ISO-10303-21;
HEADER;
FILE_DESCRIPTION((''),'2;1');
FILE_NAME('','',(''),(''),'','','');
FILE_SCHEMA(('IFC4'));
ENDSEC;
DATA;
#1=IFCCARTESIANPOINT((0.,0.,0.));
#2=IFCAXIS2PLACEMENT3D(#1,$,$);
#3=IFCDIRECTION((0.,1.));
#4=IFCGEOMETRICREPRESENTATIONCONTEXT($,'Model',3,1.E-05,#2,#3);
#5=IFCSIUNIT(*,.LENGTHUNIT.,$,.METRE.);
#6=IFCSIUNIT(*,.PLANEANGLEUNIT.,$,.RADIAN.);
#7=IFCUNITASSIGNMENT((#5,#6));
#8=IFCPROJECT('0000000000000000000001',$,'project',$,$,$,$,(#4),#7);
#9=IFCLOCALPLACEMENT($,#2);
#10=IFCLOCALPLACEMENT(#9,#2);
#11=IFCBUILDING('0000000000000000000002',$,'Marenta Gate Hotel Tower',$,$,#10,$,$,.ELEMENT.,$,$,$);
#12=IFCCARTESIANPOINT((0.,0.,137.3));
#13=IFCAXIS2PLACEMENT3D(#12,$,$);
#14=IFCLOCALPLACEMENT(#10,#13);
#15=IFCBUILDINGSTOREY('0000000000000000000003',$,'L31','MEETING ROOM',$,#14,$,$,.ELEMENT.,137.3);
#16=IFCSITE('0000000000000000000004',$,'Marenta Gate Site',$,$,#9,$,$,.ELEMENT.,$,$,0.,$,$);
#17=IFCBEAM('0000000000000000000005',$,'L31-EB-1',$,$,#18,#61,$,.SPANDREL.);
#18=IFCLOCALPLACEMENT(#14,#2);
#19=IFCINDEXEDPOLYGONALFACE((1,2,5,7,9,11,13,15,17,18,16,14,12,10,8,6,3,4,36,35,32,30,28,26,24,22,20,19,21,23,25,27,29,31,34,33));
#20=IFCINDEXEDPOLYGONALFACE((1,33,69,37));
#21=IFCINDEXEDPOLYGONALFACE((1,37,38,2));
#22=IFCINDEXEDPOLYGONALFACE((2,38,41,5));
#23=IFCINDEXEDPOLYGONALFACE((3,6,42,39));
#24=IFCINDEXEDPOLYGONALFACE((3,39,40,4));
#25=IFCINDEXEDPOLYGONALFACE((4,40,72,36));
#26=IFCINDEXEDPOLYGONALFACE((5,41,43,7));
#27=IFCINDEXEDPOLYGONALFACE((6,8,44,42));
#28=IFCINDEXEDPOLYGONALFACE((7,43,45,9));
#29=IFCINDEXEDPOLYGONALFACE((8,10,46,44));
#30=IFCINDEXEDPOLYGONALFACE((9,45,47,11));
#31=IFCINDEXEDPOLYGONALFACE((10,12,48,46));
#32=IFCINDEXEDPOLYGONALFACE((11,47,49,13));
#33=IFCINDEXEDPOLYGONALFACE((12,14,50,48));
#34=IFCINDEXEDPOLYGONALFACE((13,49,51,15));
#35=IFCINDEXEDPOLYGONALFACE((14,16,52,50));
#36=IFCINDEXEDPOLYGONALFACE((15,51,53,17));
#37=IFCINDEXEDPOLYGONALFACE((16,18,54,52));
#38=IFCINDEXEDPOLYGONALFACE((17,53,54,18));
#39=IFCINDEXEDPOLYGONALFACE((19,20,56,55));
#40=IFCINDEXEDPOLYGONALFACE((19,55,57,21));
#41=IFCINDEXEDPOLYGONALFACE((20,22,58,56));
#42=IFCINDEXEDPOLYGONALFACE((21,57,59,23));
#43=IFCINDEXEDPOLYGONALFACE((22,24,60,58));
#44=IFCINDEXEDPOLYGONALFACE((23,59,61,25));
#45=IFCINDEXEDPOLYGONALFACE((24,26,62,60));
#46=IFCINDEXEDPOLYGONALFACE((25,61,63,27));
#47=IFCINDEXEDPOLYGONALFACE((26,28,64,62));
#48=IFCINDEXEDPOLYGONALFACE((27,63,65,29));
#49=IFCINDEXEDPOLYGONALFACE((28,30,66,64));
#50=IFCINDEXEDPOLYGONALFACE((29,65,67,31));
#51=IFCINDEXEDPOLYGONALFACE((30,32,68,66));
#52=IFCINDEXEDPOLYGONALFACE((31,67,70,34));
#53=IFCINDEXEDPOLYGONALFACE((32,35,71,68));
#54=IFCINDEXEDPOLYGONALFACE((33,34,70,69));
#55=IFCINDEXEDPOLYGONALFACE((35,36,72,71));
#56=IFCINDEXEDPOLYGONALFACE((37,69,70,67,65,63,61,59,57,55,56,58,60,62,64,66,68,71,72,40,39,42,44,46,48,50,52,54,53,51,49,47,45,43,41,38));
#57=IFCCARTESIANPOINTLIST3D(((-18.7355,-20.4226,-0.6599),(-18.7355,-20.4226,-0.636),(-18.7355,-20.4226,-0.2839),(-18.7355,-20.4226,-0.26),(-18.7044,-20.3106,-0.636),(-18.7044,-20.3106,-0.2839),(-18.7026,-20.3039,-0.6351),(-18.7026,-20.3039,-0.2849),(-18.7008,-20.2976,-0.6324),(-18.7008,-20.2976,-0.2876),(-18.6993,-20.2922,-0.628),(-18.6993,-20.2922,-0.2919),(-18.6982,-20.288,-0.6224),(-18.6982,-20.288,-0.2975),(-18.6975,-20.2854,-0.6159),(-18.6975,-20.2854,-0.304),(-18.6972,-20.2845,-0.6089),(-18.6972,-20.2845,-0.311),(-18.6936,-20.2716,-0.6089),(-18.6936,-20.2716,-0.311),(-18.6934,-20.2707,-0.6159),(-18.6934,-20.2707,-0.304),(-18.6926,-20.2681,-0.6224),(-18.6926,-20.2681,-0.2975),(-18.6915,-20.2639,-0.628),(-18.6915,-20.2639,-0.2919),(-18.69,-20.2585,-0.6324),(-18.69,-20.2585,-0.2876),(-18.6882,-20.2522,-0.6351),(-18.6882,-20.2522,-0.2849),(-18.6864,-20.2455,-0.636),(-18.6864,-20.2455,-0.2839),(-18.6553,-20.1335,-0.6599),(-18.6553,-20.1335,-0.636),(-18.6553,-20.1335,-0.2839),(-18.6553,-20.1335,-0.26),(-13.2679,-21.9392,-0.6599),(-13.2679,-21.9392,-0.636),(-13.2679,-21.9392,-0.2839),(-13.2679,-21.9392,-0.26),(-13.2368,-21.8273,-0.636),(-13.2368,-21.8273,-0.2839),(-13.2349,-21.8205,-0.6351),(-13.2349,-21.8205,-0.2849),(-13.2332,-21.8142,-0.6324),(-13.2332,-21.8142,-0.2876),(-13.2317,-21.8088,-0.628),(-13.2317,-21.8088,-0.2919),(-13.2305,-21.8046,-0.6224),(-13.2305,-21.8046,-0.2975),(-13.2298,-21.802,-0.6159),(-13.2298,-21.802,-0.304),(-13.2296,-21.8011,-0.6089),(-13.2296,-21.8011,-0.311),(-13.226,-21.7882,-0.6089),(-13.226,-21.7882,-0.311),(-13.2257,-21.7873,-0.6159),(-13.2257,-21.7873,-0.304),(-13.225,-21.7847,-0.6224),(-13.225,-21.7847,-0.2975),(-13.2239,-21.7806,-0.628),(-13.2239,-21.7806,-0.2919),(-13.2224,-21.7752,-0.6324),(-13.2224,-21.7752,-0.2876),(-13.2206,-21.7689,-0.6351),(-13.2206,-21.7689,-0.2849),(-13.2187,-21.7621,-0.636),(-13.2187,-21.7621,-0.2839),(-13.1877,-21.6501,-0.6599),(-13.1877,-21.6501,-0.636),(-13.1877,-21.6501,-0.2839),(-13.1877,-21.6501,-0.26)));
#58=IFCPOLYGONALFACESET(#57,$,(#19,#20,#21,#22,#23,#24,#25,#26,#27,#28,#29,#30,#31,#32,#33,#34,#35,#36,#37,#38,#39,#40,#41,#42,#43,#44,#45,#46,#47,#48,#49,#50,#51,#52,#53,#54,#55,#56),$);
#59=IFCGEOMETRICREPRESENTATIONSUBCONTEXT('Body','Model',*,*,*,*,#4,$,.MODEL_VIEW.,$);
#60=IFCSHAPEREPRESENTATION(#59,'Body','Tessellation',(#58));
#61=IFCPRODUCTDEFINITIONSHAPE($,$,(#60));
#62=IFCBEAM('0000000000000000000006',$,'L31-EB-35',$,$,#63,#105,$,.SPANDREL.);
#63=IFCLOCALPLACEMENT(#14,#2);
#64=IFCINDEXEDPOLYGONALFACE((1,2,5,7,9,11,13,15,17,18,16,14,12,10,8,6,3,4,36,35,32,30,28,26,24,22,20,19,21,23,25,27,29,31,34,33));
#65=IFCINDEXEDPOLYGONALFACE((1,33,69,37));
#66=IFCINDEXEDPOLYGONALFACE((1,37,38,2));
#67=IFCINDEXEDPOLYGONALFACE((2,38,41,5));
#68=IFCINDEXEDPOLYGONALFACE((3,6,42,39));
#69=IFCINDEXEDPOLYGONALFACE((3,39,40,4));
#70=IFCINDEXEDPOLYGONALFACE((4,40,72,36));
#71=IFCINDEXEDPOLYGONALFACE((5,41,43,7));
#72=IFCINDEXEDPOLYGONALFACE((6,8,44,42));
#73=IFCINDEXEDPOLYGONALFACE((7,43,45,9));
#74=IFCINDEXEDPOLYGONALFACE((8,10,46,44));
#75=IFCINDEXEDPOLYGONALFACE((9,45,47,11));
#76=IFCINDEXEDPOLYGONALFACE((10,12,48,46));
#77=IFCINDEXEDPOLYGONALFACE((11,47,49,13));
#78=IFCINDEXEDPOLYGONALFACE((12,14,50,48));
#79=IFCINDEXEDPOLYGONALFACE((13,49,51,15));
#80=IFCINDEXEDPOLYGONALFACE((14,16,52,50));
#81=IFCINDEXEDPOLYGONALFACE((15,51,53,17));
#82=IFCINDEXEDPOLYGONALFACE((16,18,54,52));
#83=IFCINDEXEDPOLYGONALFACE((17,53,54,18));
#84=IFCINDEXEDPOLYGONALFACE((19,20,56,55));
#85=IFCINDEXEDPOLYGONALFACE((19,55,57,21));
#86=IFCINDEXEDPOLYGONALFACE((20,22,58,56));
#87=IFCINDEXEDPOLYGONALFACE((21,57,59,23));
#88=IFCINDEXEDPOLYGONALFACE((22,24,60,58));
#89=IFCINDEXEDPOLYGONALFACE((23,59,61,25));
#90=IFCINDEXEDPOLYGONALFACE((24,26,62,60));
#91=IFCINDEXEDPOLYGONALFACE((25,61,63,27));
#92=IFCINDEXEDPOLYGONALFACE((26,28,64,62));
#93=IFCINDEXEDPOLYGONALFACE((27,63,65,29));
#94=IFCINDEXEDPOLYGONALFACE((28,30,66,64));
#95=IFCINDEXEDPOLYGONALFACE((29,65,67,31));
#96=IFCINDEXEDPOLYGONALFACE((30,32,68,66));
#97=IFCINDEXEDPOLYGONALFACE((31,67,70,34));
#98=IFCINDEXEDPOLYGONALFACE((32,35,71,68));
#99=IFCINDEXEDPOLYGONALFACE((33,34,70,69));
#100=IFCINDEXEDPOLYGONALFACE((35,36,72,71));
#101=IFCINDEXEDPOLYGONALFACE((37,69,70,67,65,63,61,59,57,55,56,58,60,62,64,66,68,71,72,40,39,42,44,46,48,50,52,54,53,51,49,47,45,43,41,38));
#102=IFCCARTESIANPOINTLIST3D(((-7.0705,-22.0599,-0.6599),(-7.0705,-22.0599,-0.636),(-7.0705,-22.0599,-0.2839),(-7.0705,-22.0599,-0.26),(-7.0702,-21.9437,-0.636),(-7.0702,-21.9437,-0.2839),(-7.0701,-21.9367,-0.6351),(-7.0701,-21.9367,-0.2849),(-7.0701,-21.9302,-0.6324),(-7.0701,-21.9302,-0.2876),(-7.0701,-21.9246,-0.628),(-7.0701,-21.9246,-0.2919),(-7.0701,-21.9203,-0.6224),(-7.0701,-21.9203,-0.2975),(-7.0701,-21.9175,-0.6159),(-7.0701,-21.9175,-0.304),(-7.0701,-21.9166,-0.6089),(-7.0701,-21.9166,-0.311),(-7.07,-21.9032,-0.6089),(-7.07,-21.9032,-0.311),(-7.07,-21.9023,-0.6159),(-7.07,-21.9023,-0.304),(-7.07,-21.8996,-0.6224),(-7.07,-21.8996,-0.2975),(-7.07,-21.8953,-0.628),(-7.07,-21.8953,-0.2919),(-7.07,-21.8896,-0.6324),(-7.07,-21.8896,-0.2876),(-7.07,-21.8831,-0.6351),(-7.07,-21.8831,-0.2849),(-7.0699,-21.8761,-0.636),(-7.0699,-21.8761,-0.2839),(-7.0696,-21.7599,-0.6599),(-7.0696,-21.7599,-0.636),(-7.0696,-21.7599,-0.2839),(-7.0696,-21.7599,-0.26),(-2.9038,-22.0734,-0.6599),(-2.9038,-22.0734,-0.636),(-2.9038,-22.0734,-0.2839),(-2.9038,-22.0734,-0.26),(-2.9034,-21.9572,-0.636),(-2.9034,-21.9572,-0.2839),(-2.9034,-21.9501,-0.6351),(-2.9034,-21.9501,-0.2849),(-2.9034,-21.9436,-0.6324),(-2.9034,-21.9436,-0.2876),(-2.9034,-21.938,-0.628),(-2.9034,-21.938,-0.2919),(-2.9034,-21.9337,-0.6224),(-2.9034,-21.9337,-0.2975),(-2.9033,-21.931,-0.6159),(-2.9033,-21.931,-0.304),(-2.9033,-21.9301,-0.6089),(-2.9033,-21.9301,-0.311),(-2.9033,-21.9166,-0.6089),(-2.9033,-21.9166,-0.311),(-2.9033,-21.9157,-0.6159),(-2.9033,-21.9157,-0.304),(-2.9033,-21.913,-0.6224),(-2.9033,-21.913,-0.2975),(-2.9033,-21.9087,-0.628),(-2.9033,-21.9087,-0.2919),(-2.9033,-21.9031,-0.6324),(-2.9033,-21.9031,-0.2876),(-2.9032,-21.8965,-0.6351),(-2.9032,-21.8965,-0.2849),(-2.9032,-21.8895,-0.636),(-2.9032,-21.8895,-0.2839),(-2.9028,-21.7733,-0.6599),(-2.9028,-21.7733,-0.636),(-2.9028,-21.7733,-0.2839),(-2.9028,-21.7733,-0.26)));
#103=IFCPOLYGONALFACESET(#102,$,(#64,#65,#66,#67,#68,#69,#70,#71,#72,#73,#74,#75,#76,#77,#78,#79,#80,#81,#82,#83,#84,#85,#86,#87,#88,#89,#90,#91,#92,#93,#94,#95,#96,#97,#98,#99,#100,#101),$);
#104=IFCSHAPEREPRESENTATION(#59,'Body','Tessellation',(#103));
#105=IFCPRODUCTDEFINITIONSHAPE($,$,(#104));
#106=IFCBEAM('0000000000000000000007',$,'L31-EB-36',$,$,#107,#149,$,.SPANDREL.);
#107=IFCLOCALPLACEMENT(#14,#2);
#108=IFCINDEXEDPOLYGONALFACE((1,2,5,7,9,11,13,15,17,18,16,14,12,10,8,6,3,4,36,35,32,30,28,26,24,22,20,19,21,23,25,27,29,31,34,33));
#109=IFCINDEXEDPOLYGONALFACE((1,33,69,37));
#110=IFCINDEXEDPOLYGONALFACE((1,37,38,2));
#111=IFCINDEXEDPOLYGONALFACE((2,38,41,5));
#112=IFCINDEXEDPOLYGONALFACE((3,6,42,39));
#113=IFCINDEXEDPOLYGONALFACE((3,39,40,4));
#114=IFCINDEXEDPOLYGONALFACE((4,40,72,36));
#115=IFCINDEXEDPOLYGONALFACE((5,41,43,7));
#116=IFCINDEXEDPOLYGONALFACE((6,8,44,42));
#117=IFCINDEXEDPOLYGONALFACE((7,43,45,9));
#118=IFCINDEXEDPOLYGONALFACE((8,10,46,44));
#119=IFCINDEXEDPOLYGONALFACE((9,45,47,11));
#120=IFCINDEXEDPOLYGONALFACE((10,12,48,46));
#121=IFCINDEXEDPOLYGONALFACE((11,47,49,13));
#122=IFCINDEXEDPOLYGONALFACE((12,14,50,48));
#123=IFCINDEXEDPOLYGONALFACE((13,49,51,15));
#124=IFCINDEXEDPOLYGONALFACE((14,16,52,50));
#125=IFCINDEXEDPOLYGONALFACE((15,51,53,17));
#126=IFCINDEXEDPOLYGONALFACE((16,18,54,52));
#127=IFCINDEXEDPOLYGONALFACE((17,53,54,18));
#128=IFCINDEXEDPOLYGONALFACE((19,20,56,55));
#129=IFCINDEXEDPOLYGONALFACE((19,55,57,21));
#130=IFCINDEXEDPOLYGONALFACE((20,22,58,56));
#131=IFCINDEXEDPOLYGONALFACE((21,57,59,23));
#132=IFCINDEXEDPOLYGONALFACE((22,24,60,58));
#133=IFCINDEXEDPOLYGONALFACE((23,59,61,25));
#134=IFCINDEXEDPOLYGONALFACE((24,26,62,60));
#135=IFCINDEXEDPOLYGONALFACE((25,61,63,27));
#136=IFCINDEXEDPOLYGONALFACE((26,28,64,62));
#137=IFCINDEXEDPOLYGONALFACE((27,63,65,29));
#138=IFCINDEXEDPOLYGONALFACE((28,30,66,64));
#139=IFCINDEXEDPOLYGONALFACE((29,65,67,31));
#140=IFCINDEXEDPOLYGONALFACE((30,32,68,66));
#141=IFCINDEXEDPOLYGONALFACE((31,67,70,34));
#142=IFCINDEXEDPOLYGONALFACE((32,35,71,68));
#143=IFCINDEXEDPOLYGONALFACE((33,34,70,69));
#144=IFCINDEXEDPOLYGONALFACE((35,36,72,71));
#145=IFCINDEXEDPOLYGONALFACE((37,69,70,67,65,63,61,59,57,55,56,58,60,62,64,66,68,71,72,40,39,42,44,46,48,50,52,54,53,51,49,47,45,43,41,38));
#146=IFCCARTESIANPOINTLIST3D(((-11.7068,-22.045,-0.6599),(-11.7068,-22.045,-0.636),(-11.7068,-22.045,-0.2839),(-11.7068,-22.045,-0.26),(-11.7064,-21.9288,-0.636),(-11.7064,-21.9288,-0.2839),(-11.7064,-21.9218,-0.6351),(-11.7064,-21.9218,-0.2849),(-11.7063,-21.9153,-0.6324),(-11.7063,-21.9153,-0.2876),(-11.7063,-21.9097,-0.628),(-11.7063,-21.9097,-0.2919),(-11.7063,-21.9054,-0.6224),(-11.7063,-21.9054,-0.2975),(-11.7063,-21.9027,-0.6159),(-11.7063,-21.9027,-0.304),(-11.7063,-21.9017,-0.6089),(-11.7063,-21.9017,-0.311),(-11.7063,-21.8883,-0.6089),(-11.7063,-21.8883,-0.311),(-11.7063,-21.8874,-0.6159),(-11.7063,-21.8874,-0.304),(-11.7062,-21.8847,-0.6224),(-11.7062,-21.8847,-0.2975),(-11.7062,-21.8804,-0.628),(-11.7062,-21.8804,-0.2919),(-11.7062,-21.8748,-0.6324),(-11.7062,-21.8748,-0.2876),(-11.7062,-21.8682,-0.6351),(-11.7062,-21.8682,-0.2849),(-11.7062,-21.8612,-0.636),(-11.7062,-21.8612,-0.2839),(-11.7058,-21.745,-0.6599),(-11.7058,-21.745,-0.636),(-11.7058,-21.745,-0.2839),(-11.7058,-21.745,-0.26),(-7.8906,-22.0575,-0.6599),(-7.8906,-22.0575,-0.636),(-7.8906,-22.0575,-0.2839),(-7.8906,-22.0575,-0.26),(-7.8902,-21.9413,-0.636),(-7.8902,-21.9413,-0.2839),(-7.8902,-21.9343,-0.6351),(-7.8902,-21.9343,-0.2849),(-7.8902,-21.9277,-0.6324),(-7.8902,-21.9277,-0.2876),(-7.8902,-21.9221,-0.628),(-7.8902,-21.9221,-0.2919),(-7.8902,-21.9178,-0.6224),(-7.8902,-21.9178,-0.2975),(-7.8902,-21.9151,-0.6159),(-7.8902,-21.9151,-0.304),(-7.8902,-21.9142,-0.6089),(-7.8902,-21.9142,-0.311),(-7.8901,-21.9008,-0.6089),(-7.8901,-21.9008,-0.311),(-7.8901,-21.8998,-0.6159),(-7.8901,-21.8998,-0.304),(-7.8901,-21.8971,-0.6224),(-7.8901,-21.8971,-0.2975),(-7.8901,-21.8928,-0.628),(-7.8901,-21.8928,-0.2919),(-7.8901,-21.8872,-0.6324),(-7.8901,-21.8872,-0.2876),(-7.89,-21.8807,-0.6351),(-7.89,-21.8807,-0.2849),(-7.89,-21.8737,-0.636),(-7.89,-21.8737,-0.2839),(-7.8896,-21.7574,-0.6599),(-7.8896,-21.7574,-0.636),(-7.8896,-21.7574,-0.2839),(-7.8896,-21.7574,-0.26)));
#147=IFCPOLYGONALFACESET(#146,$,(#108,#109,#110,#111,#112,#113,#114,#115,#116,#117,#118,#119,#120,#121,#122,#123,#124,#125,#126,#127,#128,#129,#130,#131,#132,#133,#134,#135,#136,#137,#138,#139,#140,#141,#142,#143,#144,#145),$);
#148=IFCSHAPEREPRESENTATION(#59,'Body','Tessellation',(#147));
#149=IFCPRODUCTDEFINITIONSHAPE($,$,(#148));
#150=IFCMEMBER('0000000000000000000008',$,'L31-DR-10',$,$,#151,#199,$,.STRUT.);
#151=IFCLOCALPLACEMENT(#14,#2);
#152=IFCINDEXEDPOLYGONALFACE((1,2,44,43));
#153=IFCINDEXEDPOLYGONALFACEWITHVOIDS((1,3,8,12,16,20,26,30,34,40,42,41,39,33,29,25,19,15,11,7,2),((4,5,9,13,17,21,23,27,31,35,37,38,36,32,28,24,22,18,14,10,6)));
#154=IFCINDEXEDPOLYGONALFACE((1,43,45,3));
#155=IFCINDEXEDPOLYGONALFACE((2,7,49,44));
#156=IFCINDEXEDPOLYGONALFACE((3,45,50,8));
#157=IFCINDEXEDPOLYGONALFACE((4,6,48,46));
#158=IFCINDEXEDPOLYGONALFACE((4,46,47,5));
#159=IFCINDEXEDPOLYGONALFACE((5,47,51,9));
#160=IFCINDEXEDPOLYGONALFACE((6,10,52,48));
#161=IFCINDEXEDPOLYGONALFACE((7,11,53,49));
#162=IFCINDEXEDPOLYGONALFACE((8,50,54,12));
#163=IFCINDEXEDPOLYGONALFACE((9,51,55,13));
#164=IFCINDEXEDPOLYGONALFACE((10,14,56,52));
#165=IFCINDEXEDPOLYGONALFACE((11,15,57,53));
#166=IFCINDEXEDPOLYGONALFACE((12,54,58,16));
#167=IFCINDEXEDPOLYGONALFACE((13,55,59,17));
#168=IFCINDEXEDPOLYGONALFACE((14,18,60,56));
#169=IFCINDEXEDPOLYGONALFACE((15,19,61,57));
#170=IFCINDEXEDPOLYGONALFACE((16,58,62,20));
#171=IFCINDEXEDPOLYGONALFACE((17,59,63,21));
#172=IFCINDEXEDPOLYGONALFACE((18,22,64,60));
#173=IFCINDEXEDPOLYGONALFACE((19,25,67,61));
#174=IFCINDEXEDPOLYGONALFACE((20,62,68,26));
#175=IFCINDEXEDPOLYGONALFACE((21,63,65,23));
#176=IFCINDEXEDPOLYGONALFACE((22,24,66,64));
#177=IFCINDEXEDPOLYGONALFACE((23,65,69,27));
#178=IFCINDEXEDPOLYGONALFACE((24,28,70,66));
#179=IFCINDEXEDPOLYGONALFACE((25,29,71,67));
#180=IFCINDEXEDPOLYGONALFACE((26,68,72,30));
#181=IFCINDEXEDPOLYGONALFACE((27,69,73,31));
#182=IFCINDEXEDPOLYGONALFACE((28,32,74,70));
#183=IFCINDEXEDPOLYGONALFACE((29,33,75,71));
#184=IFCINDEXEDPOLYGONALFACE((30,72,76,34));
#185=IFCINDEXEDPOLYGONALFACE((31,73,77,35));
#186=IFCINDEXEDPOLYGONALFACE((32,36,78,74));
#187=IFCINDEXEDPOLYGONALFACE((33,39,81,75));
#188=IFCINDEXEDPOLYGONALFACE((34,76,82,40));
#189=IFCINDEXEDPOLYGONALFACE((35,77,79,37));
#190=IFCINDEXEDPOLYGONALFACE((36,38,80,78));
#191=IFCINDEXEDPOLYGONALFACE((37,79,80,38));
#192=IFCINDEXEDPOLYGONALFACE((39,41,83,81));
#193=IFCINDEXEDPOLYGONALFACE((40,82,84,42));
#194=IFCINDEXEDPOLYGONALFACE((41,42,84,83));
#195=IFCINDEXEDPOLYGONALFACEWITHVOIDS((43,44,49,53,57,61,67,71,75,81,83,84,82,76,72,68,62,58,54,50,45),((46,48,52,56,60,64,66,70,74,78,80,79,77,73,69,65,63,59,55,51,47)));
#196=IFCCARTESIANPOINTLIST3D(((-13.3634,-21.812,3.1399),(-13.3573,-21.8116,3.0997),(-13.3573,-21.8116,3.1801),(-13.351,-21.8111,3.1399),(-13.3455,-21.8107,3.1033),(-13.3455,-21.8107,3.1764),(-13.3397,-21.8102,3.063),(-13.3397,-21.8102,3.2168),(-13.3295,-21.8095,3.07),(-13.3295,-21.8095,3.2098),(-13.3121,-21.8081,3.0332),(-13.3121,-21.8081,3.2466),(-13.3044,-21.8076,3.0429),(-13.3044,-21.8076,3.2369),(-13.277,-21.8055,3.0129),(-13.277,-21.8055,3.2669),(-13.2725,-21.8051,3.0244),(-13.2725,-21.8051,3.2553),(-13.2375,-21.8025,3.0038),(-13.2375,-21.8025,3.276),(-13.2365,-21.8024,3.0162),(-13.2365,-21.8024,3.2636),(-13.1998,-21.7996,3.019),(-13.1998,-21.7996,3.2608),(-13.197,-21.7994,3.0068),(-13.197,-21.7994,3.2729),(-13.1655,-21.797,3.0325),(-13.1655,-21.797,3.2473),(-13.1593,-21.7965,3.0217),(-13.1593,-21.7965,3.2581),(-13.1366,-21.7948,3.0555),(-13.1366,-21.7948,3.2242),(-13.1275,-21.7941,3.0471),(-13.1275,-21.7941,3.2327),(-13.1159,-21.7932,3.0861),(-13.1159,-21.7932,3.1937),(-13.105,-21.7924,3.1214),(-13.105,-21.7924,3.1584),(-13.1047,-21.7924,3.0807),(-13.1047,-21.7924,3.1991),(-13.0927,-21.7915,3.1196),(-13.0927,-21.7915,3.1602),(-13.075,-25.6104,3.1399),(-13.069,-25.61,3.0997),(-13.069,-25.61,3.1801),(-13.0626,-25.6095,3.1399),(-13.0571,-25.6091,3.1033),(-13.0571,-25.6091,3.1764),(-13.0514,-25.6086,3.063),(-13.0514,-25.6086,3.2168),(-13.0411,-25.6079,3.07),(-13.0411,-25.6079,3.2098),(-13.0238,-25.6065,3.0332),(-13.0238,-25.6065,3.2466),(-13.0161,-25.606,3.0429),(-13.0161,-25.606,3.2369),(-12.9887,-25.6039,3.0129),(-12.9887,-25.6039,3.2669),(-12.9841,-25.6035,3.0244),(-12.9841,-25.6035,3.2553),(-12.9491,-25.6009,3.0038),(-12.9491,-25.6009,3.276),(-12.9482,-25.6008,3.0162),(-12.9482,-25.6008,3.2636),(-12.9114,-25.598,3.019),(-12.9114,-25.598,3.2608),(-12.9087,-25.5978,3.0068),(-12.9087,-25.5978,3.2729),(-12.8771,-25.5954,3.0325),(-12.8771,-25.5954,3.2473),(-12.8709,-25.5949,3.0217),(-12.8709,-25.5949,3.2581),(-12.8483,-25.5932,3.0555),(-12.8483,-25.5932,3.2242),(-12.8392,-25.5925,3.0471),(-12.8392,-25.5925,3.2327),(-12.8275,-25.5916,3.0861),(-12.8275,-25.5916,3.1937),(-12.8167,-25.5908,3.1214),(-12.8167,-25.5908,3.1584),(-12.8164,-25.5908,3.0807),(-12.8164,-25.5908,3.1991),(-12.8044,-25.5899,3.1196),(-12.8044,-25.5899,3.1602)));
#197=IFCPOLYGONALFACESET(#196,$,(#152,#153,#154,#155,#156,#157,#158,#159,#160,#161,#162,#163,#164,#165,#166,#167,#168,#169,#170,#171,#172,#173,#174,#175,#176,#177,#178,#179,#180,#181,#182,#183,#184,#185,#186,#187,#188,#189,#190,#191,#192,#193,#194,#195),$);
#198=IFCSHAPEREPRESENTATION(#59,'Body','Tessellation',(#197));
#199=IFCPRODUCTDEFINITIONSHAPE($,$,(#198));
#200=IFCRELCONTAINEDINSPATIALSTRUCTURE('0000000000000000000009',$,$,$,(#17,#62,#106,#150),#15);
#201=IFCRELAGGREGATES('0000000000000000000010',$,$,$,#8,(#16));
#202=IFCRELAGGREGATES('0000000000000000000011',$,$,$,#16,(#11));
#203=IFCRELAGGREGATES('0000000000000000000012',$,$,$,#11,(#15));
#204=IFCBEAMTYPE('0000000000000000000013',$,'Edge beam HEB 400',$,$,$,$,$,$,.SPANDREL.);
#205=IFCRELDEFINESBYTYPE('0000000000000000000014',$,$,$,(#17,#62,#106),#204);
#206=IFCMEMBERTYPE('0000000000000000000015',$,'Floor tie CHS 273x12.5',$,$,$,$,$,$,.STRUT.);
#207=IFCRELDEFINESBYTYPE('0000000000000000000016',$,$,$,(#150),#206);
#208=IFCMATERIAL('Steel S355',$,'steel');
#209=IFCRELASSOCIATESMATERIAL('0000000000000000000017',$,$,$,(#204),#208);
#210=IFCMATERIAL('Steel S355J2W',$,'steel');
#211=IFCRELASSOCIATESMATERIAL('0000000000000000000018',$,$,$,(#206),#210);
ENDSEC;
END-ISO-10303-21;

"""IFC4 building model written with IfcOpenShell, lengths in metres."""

from ifc_helpers import new_model, si_unit, direction, frame, origin, origin_2d, place, context, subcontext, project, spatial, hollow_circle, i_section, extrude, material, material_profile, profile_set, type_object, element, save


model = new_model("IFC4")

# Units and contexts
model_context = context("Model", 3, precision=1e-05, world=origin(), true_north=direction((0.0, 1.0)))
body_context = subcontext(model_context, "Body", "Model", "MODEL_VIEW")
ifc_project = project(units=[si_unit("LENGTHUNIT", "METRE"), si_unit("PLANEANGLEUNIT", "RADIAN")], contexts=[model_context])

# Site, building, storey
site_placement = place(None, origin())
site = spatial("IfcSite", under=ifc_project, at=site_placement, Name="Marenta Gate Site", CompositionType="ELEMENT", RefElevation=0.0)
building_placement = place(site_placement, origin())
building = spatial("IfcBuilding", under=site, at=building_placement, Name="Marenta Gate Hotel Tower", CompositionType="ELEMENT")
storey_placement = place(building_placement, frame((0.0, 0.0, 137.3)))
storey = spatial("IfcBuildingStorey", under=building, at=storey_placement, Name="L31", Description="MEETING ROOM", CompositionType="ELEMENT", Elevation=137.3)

# Beams
ifc_material_1 = material(Name="Steel S355", Category="steel")
ifc_material_profile_1 = material_profile(ifc_material_1, i_section(OverallWidth=0.3, OverallDepth=0.3999, WebThickness=0.0134, FlangeThickness=0.0239, FilletRadius=0.0271, at=origin_2d()), Name="HEB 400")
ifc_profile_set_1 = profile_set([ifc_material_profile_1], Name="Steel S355")
beam_type = type_object("IfcBeamType", Name="Edge beam HEB 400", PredefinedType="SPANDREL", material=ifc_profile_set_1)
beam_1_placement = place(storey_placement, frame((-13.2278, -21.7947, -0.46), z_axis=(-0.963616, 0.267291, 0.0), x_axis=(-0.267291, -0.963616, 0.0)))
element("IfcBeam", 1, at=beam_1_placement, inside=storey, type_object=beam_type, Name="L31-EB-1", PredefinedType="SPANDREL", context=body_context, shape_type="SweptSolid", body=[
    extrude(i_section(OverallWidth=0.3, OverallDepth=0.3999, WebThickness=0.0134, FlangeThickness=0.0239, FilletRadius=0.0271, at=origin_2d()), origin(), (0.0, 0.0, 1.0), 5.6741),
])
beam_2_placement = place(storey_placement, frame((-2.9033, -21.9233, -0.46), z_axis=(-0.999995, 0.003223, 0.0), x_axis=(-0.003223, -0.999995, 0.0)))
element("IfcBeam", 2, at=beam_2_placement, inside=storey, type_object=beam_type, Name="L31-EB-35", PredefinedType="SPANDREL", context=body_context, shape_type="SweptSolid", body=[
    extrude(i_section(OverallWidth=0.3, OverallDepth=0.3999, WebThickness=0.0134, FlangeThickness=0.0239, FilletRadius=0.0271, at=origin_2d()), origin(), (0.0, 0.0, 1.0), 4.1667),
])
beam_3_placement = place(storey_placement, frame((-7.8901, -21.9075, -0.46), z_axis=(-0.999995, 0.003263, 0.0), x_axis=(-0.003263, -0.999995, 0.0)))
element("IfcBeam", 3, at=beam_3_placement, inside=storey, type_object=beam_type, Name="L31-EB-36", PredefinedType="SPANDREL", context=body_context, shape_type="SweptSolid", body=[
    extrude(i_section(OverallWidth=0.3, OverallDepth=0.3999, WebThickness=0.0134, FlangeThickness=0.0239, FilletRadius=0.0271, at=origin_2d()), origin(), (0.0, 0.0, 1.0), 3.8162),
])

# Member
ifc_material_2 = material(Name="Steel S355J2W", Category="steel")
ifc_material_profile_2 = material_profile(ifc_material_2, hollow_circle(Radius=0.1365, WallThickness=0.0125, at=origin_2d()), Name="CHS 273x12.5")
ifc_profile_set_2 = profile_set([ifc_material_profile_2], Name="Steel S355J2W")
member_type_1 = type_object("IfcMemberType", Name="Floor tie CHS 273x12.5", PredefinedType="STRUT", material=ifc_profile_set_2)
member_1_placement = place(storey_placement, frame((-12.939, -25.6001, 3.1399), z_axis=(-0.075692, 0.997131, 0.0), x_axis=(-0.997131, -0.075692, 0.0)))
element("IfcMember", 4, at=member_1_placement, inside=storey, type_object=member_type_1, Name="L31-DR-10", PredefinedType="STRUT", context=body_context, shape_type="SweptSolid", body=[
    extrude(hollow_circle(Radius=0.1365, WallThickness=0.0125, at=origin_2d()), origin(), (0.0, 0.0, 1.0), 3.8093),
])

save(model, "model.ifc")
